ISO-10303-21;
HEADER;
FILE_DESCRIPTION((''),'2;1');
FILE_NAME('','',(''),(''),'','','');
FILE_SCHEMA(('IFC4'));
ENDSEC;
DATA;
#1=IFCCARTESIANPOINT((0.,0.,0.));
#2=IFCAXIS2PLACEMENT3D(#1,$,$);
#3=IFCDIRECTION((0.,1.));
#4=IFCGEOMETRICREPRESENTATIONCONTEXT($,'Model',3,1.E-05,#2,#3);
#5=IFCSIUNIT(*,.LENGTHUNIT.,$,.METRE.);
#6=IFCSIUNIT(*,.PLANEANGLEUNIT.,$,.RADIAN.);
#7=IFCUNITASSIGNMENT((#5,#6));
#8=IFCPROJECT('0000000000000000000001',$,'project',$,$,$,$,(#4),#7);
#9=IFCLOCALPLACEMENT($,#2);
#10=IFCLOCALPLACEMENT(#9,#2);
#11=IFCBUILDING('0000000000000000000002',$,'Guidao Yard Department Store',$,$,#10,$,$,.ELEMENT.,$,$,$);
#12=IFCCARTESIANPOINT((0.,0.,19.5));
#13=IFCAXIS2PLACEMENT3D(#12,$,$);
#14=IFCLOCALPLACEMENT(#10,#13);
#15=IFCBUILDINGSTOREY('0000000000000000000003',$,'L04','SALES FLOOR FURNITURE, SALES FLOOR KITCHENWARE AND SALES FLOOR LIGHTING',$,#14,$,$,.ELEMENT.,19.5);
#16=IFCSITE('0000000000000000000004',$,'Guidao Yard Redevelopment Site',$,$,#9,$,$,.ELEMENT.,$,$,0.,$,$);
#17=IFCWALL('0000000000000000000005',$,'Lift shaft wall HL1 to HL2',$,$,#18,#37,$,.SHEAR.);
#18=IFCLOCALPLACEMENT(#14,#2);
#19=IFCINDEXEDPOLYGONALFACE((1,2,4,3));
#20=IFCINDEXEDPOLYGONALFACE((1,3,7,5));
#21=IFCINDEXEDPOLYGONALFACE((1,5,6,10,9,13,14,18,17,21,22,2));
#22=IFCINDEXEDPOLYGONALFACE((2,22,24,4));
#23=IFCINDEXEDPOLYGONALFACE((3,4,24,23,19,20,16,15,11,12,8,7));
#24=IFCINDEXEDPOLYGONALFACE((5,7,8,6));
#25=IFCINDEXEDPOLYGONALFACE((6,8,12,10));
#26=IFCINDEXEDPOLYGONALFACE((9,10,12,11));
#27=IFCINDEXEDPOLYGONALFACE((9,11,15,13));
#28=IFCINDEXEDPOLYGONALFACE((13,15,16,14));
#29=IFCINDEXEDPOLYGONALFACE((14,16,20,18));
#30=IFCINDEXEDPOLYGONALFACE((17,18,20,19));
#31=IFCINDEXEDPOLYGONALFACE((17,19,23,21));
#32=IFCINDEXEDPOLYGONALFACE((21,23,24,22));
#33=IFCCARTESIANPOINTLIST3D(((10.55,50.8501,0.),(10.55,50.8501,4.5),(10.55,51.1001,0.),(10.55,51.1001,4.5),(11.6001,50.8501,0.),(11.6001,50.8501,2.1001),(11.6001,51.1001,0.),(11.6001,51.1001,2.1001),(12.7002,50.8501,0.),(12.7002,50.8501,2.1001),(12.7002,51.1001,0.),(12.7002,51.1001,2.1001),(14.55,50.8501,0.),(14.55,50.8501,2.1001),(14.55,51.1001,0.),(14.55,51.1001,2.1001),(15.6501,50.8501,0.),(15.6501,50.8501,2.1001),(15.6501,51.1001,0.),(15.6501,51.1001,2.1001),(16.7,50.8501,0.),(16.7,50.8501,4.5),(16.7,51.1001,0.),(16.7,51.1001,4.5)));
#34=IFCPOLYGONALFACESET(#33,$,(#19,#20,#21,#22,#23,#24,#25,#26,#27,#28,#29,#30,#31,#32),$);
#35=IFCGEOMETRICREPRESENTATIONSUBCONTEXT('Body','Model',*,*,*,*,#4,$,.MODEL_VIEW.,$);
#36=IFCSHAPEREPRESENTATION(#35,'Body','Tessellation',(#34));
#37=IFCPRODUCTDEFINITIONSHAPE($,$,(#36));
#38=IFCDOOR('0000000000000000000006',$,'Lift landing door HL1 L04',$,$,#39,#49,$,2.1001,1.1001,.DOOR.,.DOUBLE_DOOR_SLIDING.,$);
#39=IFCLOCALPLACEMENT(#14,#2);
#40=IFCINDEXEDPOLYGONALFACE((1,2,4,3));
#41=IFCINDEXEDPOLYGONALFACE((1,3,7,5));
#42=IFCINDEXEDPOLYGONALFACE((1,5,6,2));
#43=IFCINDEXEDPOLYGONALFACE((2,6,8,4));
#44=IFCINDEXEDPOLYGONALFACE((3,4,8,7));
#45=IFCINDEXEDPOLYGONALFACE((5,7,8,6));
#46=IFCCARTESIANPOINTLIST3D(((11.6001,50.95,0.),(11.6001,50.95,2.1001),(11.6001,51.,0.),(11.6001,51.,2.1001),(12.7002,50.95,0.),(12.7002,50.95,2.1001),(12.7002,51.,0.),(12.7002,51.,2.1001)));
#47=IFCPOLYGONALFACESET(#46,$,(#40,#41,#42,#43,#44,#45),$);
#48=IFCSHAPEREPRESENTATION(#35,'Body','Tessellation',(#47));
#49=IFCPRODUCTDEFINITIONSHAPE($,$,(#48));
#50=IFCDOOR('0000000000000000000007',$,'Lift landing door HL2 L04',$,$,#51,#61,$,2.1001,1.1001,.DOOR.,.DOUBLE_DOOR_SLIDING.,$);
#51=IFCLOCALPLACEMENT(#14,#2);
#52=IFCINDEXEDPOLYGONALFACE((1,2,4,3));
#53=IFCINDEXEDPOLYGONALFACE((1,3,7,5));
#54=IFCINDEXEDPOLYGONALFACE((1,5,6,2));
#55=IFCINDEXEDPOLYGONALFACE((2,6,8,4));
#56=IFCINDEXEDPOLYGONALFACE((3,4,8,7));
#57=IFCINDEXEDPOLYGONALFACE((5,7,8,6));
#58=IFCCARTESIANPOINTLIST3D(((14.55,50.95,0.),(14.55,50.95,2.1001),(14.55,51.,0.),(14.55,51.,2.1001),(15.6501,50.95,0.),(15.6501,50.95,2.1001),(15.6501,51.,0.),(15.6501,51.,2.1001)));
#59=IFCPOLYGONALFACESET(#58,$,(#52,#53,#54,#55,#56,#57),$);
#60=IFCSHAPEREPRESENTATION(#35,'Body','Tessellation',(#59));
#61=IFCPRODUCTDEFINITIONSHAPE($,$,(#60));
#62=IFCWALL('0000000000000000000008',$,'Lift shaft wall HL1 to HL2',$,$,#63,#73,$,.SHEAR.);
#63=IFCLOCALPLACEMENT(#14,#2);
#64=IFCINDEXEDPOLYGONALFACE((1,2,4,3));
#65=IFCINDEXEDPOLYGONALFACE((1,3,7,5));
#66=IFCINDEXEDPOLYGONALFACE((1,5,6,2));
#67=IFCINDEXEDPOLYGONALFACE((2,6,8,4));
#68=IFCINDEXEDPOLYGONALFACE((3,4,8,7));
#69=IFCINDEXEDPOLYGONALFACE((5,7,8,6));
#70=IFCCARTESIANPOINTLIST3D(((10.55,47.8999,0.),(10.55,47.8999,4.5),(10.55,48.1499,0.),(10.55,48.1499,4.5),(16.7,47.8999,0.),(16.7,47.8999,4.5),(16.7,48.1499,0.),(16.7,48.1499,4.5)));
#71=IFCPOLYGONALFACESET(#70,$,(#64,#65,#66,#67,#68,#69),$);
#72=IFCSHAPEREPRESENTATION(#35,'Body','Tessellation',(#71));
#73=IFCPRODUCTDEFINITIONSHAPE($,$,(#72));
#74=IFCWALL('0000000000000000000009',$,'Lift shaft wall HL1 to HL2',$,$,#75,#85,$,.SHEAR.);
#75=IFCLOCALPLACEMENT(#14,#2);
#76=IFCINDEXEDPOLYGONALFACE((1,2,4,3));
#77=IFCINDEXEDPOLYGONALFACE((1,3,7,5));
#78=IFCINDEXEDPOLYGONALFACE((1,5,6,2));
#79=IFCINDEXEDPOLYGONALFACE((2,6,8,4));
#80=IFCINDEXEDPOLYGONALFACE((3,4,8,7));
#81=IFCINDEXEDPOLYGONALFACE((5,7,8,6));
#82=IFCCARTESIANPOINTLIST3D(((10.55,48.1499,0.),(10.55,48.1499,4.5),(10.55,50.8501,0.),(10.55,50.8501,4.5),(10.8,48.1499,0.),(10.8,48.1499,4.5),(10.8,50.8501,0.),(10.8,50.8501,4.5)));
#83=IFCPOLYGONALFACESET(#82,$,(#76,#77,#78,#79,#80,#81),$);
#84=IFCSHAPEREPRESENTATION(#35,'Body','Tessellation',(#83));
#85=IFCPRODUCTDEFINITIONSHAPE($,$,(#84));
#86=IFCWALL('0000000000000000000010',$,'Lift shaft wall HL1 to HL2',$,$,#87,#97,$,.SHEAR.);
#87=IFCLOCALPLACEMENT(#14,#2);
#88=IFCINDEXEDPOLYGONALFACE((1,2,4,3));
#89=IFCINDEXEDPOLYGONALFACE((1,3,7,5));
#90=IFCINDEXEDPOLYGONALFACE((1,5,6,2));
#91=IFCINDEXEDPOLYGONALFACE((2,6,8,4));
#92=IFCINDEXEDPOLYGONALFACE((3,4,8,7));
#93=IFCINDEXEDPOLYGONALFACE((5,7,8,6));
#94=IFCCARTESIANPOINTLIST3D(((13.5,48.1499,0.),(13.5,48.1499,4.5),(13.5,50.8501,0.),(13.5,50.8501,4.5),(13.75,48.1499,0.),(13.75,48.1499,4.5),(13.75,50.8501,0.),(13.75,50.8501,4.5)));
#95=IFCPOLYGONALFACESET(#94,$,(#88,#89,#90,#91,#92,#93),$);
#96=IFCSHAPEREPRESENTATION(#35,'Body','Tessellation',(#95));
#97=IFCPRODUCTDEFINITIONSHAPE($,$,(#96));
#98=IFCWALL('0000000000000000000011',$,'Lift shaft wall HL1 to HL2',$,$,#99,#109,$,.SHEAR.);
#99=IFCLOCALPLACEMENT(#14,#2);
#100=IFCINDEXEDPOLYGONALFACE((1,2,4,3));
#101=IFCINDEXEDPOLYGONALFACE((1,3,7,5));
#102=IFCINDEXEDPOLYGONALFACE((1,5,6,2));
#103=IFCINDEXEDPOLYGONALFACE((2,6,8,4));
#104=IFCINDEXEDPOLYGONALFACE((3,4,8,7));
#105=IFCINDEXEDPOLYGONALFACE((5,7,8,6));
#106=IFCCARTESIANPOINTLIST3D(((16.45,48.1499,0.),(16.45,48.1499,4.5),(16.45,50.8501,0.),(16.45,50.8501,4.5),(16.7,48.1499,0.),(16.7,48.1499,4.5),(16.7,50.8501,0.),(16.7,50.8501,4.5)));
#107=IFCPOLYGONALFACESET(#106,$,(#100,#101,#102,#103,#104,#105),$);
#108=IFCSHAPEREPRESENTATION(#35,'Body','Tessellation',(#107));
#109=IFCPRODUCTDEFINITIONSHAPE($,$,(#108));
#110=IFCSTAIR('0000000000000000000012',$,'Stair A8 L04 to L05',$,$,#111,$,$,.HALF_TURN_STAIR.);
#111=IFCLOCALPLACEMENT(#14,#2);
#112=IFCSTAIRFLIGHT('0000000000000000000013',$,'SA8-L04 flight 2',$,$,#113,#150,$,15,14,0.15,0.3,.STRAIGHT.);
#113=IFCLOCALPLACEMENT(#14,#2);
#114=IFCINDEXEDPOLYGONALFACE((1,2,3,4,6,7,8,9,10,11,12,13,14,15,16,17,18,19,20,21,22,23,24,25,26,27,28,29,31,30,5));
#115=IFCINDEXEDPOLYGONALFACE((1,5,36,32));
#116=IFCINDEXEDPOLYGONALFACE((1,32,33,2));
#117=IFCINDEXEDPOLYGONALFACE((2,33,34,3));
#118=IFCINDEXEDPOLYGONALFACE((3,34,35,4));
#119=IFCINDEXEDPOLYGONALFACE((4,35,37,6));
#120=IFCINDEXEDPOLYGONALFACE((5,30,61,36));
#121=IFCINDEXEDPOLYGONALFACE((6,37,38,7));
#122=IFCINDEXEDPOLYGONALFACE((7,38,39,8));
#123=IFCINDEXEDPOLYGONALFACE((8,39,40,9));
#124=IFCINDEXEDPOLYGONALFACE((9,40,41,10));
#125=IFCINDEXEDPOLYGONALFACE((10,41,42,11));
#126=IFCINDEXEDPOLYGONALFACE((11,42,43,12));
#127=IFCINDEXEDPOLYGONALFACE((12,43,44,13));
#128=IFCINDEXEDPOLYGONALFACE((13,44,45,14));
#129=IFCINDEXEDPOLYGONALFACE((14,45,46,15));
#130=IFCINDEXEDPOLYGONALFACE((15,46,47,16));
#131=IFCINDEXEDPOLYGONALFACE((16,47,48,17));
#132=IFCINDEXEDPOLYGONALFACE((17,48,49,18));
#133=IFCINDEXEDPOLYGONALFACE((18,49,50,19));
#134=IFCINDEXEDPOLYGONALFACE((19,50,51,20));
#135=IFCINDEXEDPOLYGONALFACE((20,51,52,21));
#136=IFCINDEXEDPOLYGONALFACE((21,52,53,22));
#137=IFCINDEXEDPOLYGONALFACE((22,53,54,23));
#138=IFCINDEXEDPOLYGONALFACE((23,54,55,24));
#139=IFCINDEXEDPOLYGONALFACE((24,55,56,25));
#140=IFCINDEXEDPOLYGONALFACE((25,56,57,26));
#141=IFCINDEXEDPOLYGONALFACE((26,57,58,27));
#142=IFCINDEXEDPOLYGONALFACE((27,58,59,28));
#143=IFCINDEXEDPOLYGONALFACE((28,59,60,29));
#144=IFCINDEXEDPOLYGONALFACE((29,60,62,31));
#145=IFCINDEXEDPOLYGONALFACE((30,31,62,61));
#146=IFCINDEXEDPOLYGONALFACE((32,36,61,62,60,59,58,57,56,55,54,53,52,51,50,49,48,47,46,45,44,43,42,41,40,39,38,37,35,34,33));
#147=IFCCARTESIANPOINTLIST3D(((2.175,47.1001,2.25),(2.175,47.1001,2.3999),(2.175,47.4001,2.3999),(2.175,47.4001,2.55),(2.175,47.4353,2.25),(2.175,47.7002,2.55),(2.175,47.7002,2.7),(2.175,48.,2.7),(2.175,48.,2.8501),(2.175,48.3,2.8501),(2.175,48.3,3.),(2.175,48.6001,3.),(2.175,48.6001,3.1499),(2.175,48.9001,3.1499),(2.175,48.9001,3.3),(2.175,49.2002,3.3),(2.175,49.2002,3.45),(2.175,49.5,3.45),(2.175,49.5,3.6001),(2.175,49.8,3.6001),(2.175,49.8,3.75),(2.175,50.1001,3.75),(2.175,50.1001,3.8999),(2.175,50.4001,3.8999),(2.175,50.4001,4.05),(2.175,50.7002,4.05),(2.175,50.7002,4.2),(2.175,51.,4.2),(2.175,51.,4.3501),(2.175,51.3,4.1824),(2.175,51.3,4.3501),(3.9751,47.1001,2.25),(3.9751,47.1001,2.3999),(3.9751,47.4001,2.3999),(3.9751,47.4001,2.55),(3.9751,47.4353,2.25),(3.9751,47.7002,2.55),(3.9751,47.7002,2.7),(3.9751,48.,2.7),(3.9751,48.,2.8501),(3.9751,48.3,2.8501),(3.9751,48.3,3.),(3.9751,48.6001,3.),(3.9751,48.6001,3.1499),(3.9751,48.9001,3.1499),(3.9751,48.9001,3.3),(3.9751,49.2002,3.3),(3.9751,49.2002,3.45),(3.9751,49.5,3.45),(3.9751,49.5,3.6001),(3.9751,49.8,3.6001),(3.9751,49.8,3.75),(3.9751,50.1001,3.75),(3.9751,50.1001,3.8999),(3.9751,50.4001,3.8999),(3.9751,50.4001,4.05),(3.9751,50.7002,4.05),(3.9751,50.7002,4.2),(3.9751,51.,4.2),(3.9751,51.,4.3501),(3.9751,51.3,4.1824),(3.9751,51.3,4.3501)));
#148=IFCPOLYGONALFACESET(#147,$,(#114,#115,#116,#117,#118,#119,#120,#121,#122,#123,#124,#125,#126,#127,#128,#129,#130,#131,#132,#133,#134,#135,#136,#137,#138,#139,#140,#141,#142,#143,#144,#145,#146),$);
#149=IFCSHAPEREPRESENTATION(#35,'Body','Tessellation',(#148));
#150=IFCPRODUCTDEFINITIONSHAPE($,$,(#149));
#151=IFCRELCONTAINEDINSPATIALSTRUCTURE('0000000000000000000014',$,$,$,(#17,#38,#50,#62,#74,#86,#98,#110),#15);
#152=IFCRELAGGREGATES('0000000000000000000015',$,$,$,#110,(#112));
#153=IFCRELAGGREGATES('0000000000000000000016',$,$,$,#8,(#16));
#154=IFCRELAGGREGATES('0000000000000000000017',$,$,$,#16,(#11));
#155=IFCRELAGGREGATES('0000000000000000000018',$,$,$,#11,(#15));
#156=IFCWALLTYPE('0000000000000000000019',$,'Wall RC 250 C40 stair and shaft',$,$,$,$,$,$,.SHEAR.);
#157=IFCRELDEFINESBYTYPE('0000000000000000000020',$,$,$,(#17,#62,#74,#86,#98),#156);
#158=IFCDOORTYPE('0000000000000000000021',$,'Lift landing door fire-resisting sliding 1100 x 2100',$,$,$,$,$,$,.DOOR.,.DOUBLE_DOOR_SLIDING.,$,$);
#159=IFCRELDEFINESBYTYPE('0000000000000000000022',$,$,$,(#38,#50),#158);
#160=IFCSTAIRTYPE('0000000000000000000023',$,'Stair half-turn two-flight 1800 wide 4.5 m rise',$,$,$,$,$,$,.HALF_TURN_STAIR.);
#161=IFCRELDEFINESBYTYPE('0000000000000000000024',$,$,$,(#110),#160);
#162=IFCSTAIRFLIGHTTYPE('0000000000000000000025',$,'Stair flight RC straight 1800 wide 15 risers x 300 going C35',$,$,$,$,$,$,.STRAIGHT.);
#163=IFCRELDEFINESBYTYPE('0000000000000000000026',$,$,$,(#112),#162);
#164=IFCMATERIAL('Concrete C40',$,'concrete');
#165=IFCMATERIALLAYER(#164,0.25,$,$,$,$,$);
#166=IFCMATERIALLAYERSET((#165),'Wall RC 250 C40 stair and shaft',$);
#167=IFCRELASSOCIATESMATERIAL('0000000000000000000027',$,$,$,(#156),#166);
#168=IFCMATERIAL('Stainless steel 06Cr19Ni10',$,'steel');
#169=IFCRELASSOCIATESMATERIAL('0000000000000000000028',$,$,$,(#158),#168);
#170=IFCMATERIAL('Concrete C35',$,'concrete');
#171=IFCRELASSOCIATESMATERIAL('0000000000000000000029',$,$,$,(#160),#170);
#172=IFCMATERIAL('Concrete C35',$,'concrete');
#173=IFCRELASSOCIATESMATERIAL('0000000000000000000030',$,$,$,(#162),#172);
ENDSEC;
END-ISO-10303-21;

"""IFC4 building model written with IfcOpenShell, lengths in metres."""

from ifc_helpers import new_model, si_unit, direction, frame, frame_2d, origin, place, context, subcontext, project, spatial, polyline, rectangle, outline, extrude, material, layer, layer_set, type_object, element, fill, aggregate, save


model = new_model("IFC4")

# Units and contexts
model_context = context("Model", 3, precision=1e-05, world=origin(), true_north=direction((0.0, 1.0)))
body_context = subcontext(model_context, "Body", "Model", "MODEL_VIEW")
ifc_project = project(units=[si_unit("LENGTHUNIT", "METRE"), si_unit("PLANEANGLEUNIT", "RADIAN")], contexts=[model_context])

# Site, building, storey
site_placement = place(None, origin())
site = spatial("IfcSite", under=ifc_project, at=site_placement, Name="Guidao Yard Redevelopment Site", CompositionType="ELEMENT", RefElevation=0.0)
building_placement = place(site_placement, origin())
building = spatial("IfcBuilding", under=site, at=building_placement, Name="Guidao Yard Department Store", CompositionType="ELEMENT")
storey_placement = place(building_placement, frame((0.0, 0.0, 19.5)))
storey = spatial("IfcBuildingStorey", under=building, at=storey_placement, Name="L04", Description="SALES FLOOR FURNITURE, SALES FLOOR KITCHENWARE AND SALES FLOOR LIGHTING", CompositionType="ELEMENT", Elevation=19.5)

# Shared definitions
ifc_material_1 = material(Name="Concrete C40", Category="concrete")
ifc_layer_1 = layer(ifc_material_1, 0.25)
ifc_layer_set_1 = layer_set([ifc_layer_1], Name="Wall RC 250 C40 stair and shaft")
wall_type_1 = type_object("IfcWallType", Name="Wall RC 250 C40 stair and shaft", PredefinedType="SHEAR", material=ifc_layer_set_1)

# Wall, openings, doors
wall_1_placement = place(storey_placement, frame((10.55, 50.9751, 0.0), z_axis=(0.0, 0.0, 1.0), x_axis=(1.0, 0.0, 0.0)))
wall_1 = element("IfcWall", 1, at=wall_1_placement, inside=storey, type_object=wall_type_1, Name="Lift shaft wall HL1 to HL2", PredefinedType="SHEAR", context=body_context, shape_type="SweptSolid", body=[
    extrude(rectangle(XDim=6.1499, YDim=0.25, at=frame_2d((3.075, 0.0))), origin(), (0.0, 0.0, 1.0), 4.5),
])
opening_1_placement = place(wall_1_placement, frame((1.05, 0.0, 0.0)))
opening_1 = element("IfcOpeningElement", 2, at=opening_1_placement, cuts=wall_1, PredefinedType="OPENING", context=body_context, shape_type="SweptSolid", body=[
    extrude(rectangle(XDim=1.1001, YDim=2.1001, at=frame_2d((0.55, 1.05))), frame((0.0, 0.135, 0.0), z_axis=(0.0, -1.0, 0.0), x_axis=(1.0, 0.0, 0.0)), (0.0, 0.0, 1.0), 0.27),
])
opening_2_placement = place(wall_1_placement, frame((4.0, 0.0, 0.0)))
opening_2 = element("IfcOpeningElement", 3, at=opening_2_placement, cuts=wall_1, PredefinedType="OPENING", context=body_context, shape_type="SweptSolid", body=[
    extrude(rectangle(XDim=1.1001, YDim=2.1001, at=frame_2d((0.55, 1.05))), frame((0.0, 0.135, 0.0), z_axis=(0.0, -1.0, 0.0), x_axis=(1.0, 0.0, 0.0)), (0.0, 0.0, 1.0), 0.27),
])
ifc_material_2 = material(Name="Stainless steel 06Cr19Ni10", Category="steel")
door_type = type_object("IfcDoorType", Name="Lift landing door fire-resisting sliding 1100 x 2100", OperationType="DOUBLE_DOOR_SLIDING", PredefinedType="DOOR", material=ifc_material_2)
door_1_placement = place(opening_1_placement, origin())
door_1 = element("IfcDoor", 4, at=door_1_placement, inside=storey, type_object=door_type, Name="Lift landing door HL1 L04", OperationType="DOUBLE_DOOR_SLIDING", OverallHeight=2.1001, OverallWidth=1.1001, PredefinedType="DOOR", context=body_context, shape_type="SweptSolid", body=[
    extrude(rectangle(XDim=1.1001, YDim=2.1001, at=frame_2d((0.55, 1.05))), frame((0.0, 0.0249, 0.0), z_axis=(0.0, -1.0, 0.0), x_axis=(1.0, 0.0, 0.0)), (0.0, 0.0, 1.0), 0.05),
])
fill(opening_1, door_1)
door_2_placement = place(opening_2_placement, origin())
door_2 = element("IfcDoor", 5, at=door_2_placement, inside=storey, type_object=door_type, Name="Lift landing door HL2 L04", OperationType="DOUBLE_DOOR_SLIDING", OverallHeight=2.1001, OverallWidth=1.1001, PredefinedType="DOOR", context=body_context, shape_type="SweptSolid", body=[
    extrude(rectangle(XDim=1.1001, YDim=2.1001, at=frame_2d((0.55, 1.05))), frame((0.0, 0.0249, 0.0), z_axis=(0.0, -1.0, 0.0), x_axis=(1.0, 0.0, 0.0)), (0.0, 0.0, 1.0), 0.05),
])
fill(opening_2, door_2)

# Walls
wall_2_placement = place(storey_placement, frame((10.55, 48.0249, 0.0), z_axis=(0.0, 0.0, 1.0), x_axis=(1.0, 0.0, 0.0)))
element("IfcWall", 6, at=wall_2_placement, inside=storey, type_object=wall_type_1, Name="Lift shaft wall HL1 to HL2", PredefinedType="SHEAR", context=body_context, shape_type="SweptSolid", body=[
    extrude(rectangle(XDim=6.1499, YDim=0.25, at=frame_2d((3.075, 0.0))), origin(), (0.0, 0.0, 1.0), 4.5),
])
for number, where, z_axis, x_axis, name in (
    (7, (10.675, 48.1499, 0.0), (0.0, 0.0, 1.0), (0.0, 1.0, 0.0), "Lift shaft wall HL1 to HL2"),
    (8, (13.625, 48.1499, 0.0), (0.0, 0.0, 1.0), (0.0, 1.0, 0.0), "Lift shaft wall HL1 to HL2"),
    (9, (16.575, 48.1499, 0.0), (0.0, 0.0, 1.0), (0.0, 1.0, 0.0), "Lift shaft wall HL1 to HL2"),
):
    element("IfcWall", number, at=place(storey_placement, frame(where, z_axis=z_axis, x_axis=x_axis)), inside=storey, type_object=wall_type_1, Name=name, PredefinedType="SHEAR", context=body_context, shape_type="SweptSolid", body=[
        extrude(rectangle(XDim=2.7002, YDim=0.25, at=frame_2d((1.3501, 0.0))), origin(), (0.0, 0.0, 1.0), 4.5),
    ])

# Stair, stair flight
ifc_material_3 = material(Name="Concrete C35", Category="concrete")
stair_type = type_object("IfcStairType", Name="Stair half-turn two-flight 1800 wide 4.5 m rise", PredefinedType="HALF_TURN_STAIR", material=ifc_material_3)
stair_placement = place(storey_placement, origin())
stair = element("IfcStair", 10, at=stair_placement, inside=storey, type_object=stair_type, Name="Stair A8 L04 to L05", PredefinedType="HALF_TURN_STAIR")
ifc_material_4 = material(Name="Concrete C35", Category="concrete")
stair_flight_type = type_object("IfcStairFlightType", Name="Stair flight RC straight 1800 wide 15 risers x 300 going C35", PredefinedType="STRAIGHT", material=ifc_material_4)
stair_flight_placement = place(storey_placement, frame((3.075, 47.1001, 2.25), z_axis=(0.0, 0.0, 1.0), x_axis=(0.0, 1.0, 0.0)))
stair_flight = element("IfcStairFlight", 11, at=stair_flight_placement, type_object=stair_flight_type, Name="SA8-L04 flight 2", NumberOfRisers=15, NumberOfTreads=14, PredefinedType="STRAIGHT", RiserHeight=0.15, TreadLength=0.3, context=body_context, shape_type="SweptSolid", body=[
    extrude(outline(polyline([(0.0, 0.0), (0.0, 0.1499), (0.3, 0.1499), (0.3, 0.3), (0.6001, 0.3), (0.6001, 0.45), (0.8999, 0.45), (0.8999, 0.6001), (1.2, 0.6001), (1.2, 0.75), (1.5, 0.75), (1.5, 0.8999), (1.8, 0.8999), (1.8, 1.05), (2.1001, 1.05), (2.1001, 1.2), (2.3999, 1.2), (2.3999, 1.3501), (2.7, 1.3501), (2.7, 1.5), (3.0, 1.5), (3.0, 1.6499), (3.3, 1.6499), (3.3, 1.8), (3.6001, 1.8), (3.6001, 1.95), (3.8999, 1.95), (3.8999, 2.1001), (4.2, 2.1001), (4.2, 2.25), (4.2, 1.9324), (0.3352, 0.0), (0.0, 0.0)])), frame((0.0, 0.8999, 0.0), z_axis=(0.0, -1.0, 0.0), x_axis=(1.0, 0.0, 0.0)), (0.0, 0.0, 1.0), 1.8),
])
aggregate(stair, [stair_flight])

save(model, "model.ifc")
